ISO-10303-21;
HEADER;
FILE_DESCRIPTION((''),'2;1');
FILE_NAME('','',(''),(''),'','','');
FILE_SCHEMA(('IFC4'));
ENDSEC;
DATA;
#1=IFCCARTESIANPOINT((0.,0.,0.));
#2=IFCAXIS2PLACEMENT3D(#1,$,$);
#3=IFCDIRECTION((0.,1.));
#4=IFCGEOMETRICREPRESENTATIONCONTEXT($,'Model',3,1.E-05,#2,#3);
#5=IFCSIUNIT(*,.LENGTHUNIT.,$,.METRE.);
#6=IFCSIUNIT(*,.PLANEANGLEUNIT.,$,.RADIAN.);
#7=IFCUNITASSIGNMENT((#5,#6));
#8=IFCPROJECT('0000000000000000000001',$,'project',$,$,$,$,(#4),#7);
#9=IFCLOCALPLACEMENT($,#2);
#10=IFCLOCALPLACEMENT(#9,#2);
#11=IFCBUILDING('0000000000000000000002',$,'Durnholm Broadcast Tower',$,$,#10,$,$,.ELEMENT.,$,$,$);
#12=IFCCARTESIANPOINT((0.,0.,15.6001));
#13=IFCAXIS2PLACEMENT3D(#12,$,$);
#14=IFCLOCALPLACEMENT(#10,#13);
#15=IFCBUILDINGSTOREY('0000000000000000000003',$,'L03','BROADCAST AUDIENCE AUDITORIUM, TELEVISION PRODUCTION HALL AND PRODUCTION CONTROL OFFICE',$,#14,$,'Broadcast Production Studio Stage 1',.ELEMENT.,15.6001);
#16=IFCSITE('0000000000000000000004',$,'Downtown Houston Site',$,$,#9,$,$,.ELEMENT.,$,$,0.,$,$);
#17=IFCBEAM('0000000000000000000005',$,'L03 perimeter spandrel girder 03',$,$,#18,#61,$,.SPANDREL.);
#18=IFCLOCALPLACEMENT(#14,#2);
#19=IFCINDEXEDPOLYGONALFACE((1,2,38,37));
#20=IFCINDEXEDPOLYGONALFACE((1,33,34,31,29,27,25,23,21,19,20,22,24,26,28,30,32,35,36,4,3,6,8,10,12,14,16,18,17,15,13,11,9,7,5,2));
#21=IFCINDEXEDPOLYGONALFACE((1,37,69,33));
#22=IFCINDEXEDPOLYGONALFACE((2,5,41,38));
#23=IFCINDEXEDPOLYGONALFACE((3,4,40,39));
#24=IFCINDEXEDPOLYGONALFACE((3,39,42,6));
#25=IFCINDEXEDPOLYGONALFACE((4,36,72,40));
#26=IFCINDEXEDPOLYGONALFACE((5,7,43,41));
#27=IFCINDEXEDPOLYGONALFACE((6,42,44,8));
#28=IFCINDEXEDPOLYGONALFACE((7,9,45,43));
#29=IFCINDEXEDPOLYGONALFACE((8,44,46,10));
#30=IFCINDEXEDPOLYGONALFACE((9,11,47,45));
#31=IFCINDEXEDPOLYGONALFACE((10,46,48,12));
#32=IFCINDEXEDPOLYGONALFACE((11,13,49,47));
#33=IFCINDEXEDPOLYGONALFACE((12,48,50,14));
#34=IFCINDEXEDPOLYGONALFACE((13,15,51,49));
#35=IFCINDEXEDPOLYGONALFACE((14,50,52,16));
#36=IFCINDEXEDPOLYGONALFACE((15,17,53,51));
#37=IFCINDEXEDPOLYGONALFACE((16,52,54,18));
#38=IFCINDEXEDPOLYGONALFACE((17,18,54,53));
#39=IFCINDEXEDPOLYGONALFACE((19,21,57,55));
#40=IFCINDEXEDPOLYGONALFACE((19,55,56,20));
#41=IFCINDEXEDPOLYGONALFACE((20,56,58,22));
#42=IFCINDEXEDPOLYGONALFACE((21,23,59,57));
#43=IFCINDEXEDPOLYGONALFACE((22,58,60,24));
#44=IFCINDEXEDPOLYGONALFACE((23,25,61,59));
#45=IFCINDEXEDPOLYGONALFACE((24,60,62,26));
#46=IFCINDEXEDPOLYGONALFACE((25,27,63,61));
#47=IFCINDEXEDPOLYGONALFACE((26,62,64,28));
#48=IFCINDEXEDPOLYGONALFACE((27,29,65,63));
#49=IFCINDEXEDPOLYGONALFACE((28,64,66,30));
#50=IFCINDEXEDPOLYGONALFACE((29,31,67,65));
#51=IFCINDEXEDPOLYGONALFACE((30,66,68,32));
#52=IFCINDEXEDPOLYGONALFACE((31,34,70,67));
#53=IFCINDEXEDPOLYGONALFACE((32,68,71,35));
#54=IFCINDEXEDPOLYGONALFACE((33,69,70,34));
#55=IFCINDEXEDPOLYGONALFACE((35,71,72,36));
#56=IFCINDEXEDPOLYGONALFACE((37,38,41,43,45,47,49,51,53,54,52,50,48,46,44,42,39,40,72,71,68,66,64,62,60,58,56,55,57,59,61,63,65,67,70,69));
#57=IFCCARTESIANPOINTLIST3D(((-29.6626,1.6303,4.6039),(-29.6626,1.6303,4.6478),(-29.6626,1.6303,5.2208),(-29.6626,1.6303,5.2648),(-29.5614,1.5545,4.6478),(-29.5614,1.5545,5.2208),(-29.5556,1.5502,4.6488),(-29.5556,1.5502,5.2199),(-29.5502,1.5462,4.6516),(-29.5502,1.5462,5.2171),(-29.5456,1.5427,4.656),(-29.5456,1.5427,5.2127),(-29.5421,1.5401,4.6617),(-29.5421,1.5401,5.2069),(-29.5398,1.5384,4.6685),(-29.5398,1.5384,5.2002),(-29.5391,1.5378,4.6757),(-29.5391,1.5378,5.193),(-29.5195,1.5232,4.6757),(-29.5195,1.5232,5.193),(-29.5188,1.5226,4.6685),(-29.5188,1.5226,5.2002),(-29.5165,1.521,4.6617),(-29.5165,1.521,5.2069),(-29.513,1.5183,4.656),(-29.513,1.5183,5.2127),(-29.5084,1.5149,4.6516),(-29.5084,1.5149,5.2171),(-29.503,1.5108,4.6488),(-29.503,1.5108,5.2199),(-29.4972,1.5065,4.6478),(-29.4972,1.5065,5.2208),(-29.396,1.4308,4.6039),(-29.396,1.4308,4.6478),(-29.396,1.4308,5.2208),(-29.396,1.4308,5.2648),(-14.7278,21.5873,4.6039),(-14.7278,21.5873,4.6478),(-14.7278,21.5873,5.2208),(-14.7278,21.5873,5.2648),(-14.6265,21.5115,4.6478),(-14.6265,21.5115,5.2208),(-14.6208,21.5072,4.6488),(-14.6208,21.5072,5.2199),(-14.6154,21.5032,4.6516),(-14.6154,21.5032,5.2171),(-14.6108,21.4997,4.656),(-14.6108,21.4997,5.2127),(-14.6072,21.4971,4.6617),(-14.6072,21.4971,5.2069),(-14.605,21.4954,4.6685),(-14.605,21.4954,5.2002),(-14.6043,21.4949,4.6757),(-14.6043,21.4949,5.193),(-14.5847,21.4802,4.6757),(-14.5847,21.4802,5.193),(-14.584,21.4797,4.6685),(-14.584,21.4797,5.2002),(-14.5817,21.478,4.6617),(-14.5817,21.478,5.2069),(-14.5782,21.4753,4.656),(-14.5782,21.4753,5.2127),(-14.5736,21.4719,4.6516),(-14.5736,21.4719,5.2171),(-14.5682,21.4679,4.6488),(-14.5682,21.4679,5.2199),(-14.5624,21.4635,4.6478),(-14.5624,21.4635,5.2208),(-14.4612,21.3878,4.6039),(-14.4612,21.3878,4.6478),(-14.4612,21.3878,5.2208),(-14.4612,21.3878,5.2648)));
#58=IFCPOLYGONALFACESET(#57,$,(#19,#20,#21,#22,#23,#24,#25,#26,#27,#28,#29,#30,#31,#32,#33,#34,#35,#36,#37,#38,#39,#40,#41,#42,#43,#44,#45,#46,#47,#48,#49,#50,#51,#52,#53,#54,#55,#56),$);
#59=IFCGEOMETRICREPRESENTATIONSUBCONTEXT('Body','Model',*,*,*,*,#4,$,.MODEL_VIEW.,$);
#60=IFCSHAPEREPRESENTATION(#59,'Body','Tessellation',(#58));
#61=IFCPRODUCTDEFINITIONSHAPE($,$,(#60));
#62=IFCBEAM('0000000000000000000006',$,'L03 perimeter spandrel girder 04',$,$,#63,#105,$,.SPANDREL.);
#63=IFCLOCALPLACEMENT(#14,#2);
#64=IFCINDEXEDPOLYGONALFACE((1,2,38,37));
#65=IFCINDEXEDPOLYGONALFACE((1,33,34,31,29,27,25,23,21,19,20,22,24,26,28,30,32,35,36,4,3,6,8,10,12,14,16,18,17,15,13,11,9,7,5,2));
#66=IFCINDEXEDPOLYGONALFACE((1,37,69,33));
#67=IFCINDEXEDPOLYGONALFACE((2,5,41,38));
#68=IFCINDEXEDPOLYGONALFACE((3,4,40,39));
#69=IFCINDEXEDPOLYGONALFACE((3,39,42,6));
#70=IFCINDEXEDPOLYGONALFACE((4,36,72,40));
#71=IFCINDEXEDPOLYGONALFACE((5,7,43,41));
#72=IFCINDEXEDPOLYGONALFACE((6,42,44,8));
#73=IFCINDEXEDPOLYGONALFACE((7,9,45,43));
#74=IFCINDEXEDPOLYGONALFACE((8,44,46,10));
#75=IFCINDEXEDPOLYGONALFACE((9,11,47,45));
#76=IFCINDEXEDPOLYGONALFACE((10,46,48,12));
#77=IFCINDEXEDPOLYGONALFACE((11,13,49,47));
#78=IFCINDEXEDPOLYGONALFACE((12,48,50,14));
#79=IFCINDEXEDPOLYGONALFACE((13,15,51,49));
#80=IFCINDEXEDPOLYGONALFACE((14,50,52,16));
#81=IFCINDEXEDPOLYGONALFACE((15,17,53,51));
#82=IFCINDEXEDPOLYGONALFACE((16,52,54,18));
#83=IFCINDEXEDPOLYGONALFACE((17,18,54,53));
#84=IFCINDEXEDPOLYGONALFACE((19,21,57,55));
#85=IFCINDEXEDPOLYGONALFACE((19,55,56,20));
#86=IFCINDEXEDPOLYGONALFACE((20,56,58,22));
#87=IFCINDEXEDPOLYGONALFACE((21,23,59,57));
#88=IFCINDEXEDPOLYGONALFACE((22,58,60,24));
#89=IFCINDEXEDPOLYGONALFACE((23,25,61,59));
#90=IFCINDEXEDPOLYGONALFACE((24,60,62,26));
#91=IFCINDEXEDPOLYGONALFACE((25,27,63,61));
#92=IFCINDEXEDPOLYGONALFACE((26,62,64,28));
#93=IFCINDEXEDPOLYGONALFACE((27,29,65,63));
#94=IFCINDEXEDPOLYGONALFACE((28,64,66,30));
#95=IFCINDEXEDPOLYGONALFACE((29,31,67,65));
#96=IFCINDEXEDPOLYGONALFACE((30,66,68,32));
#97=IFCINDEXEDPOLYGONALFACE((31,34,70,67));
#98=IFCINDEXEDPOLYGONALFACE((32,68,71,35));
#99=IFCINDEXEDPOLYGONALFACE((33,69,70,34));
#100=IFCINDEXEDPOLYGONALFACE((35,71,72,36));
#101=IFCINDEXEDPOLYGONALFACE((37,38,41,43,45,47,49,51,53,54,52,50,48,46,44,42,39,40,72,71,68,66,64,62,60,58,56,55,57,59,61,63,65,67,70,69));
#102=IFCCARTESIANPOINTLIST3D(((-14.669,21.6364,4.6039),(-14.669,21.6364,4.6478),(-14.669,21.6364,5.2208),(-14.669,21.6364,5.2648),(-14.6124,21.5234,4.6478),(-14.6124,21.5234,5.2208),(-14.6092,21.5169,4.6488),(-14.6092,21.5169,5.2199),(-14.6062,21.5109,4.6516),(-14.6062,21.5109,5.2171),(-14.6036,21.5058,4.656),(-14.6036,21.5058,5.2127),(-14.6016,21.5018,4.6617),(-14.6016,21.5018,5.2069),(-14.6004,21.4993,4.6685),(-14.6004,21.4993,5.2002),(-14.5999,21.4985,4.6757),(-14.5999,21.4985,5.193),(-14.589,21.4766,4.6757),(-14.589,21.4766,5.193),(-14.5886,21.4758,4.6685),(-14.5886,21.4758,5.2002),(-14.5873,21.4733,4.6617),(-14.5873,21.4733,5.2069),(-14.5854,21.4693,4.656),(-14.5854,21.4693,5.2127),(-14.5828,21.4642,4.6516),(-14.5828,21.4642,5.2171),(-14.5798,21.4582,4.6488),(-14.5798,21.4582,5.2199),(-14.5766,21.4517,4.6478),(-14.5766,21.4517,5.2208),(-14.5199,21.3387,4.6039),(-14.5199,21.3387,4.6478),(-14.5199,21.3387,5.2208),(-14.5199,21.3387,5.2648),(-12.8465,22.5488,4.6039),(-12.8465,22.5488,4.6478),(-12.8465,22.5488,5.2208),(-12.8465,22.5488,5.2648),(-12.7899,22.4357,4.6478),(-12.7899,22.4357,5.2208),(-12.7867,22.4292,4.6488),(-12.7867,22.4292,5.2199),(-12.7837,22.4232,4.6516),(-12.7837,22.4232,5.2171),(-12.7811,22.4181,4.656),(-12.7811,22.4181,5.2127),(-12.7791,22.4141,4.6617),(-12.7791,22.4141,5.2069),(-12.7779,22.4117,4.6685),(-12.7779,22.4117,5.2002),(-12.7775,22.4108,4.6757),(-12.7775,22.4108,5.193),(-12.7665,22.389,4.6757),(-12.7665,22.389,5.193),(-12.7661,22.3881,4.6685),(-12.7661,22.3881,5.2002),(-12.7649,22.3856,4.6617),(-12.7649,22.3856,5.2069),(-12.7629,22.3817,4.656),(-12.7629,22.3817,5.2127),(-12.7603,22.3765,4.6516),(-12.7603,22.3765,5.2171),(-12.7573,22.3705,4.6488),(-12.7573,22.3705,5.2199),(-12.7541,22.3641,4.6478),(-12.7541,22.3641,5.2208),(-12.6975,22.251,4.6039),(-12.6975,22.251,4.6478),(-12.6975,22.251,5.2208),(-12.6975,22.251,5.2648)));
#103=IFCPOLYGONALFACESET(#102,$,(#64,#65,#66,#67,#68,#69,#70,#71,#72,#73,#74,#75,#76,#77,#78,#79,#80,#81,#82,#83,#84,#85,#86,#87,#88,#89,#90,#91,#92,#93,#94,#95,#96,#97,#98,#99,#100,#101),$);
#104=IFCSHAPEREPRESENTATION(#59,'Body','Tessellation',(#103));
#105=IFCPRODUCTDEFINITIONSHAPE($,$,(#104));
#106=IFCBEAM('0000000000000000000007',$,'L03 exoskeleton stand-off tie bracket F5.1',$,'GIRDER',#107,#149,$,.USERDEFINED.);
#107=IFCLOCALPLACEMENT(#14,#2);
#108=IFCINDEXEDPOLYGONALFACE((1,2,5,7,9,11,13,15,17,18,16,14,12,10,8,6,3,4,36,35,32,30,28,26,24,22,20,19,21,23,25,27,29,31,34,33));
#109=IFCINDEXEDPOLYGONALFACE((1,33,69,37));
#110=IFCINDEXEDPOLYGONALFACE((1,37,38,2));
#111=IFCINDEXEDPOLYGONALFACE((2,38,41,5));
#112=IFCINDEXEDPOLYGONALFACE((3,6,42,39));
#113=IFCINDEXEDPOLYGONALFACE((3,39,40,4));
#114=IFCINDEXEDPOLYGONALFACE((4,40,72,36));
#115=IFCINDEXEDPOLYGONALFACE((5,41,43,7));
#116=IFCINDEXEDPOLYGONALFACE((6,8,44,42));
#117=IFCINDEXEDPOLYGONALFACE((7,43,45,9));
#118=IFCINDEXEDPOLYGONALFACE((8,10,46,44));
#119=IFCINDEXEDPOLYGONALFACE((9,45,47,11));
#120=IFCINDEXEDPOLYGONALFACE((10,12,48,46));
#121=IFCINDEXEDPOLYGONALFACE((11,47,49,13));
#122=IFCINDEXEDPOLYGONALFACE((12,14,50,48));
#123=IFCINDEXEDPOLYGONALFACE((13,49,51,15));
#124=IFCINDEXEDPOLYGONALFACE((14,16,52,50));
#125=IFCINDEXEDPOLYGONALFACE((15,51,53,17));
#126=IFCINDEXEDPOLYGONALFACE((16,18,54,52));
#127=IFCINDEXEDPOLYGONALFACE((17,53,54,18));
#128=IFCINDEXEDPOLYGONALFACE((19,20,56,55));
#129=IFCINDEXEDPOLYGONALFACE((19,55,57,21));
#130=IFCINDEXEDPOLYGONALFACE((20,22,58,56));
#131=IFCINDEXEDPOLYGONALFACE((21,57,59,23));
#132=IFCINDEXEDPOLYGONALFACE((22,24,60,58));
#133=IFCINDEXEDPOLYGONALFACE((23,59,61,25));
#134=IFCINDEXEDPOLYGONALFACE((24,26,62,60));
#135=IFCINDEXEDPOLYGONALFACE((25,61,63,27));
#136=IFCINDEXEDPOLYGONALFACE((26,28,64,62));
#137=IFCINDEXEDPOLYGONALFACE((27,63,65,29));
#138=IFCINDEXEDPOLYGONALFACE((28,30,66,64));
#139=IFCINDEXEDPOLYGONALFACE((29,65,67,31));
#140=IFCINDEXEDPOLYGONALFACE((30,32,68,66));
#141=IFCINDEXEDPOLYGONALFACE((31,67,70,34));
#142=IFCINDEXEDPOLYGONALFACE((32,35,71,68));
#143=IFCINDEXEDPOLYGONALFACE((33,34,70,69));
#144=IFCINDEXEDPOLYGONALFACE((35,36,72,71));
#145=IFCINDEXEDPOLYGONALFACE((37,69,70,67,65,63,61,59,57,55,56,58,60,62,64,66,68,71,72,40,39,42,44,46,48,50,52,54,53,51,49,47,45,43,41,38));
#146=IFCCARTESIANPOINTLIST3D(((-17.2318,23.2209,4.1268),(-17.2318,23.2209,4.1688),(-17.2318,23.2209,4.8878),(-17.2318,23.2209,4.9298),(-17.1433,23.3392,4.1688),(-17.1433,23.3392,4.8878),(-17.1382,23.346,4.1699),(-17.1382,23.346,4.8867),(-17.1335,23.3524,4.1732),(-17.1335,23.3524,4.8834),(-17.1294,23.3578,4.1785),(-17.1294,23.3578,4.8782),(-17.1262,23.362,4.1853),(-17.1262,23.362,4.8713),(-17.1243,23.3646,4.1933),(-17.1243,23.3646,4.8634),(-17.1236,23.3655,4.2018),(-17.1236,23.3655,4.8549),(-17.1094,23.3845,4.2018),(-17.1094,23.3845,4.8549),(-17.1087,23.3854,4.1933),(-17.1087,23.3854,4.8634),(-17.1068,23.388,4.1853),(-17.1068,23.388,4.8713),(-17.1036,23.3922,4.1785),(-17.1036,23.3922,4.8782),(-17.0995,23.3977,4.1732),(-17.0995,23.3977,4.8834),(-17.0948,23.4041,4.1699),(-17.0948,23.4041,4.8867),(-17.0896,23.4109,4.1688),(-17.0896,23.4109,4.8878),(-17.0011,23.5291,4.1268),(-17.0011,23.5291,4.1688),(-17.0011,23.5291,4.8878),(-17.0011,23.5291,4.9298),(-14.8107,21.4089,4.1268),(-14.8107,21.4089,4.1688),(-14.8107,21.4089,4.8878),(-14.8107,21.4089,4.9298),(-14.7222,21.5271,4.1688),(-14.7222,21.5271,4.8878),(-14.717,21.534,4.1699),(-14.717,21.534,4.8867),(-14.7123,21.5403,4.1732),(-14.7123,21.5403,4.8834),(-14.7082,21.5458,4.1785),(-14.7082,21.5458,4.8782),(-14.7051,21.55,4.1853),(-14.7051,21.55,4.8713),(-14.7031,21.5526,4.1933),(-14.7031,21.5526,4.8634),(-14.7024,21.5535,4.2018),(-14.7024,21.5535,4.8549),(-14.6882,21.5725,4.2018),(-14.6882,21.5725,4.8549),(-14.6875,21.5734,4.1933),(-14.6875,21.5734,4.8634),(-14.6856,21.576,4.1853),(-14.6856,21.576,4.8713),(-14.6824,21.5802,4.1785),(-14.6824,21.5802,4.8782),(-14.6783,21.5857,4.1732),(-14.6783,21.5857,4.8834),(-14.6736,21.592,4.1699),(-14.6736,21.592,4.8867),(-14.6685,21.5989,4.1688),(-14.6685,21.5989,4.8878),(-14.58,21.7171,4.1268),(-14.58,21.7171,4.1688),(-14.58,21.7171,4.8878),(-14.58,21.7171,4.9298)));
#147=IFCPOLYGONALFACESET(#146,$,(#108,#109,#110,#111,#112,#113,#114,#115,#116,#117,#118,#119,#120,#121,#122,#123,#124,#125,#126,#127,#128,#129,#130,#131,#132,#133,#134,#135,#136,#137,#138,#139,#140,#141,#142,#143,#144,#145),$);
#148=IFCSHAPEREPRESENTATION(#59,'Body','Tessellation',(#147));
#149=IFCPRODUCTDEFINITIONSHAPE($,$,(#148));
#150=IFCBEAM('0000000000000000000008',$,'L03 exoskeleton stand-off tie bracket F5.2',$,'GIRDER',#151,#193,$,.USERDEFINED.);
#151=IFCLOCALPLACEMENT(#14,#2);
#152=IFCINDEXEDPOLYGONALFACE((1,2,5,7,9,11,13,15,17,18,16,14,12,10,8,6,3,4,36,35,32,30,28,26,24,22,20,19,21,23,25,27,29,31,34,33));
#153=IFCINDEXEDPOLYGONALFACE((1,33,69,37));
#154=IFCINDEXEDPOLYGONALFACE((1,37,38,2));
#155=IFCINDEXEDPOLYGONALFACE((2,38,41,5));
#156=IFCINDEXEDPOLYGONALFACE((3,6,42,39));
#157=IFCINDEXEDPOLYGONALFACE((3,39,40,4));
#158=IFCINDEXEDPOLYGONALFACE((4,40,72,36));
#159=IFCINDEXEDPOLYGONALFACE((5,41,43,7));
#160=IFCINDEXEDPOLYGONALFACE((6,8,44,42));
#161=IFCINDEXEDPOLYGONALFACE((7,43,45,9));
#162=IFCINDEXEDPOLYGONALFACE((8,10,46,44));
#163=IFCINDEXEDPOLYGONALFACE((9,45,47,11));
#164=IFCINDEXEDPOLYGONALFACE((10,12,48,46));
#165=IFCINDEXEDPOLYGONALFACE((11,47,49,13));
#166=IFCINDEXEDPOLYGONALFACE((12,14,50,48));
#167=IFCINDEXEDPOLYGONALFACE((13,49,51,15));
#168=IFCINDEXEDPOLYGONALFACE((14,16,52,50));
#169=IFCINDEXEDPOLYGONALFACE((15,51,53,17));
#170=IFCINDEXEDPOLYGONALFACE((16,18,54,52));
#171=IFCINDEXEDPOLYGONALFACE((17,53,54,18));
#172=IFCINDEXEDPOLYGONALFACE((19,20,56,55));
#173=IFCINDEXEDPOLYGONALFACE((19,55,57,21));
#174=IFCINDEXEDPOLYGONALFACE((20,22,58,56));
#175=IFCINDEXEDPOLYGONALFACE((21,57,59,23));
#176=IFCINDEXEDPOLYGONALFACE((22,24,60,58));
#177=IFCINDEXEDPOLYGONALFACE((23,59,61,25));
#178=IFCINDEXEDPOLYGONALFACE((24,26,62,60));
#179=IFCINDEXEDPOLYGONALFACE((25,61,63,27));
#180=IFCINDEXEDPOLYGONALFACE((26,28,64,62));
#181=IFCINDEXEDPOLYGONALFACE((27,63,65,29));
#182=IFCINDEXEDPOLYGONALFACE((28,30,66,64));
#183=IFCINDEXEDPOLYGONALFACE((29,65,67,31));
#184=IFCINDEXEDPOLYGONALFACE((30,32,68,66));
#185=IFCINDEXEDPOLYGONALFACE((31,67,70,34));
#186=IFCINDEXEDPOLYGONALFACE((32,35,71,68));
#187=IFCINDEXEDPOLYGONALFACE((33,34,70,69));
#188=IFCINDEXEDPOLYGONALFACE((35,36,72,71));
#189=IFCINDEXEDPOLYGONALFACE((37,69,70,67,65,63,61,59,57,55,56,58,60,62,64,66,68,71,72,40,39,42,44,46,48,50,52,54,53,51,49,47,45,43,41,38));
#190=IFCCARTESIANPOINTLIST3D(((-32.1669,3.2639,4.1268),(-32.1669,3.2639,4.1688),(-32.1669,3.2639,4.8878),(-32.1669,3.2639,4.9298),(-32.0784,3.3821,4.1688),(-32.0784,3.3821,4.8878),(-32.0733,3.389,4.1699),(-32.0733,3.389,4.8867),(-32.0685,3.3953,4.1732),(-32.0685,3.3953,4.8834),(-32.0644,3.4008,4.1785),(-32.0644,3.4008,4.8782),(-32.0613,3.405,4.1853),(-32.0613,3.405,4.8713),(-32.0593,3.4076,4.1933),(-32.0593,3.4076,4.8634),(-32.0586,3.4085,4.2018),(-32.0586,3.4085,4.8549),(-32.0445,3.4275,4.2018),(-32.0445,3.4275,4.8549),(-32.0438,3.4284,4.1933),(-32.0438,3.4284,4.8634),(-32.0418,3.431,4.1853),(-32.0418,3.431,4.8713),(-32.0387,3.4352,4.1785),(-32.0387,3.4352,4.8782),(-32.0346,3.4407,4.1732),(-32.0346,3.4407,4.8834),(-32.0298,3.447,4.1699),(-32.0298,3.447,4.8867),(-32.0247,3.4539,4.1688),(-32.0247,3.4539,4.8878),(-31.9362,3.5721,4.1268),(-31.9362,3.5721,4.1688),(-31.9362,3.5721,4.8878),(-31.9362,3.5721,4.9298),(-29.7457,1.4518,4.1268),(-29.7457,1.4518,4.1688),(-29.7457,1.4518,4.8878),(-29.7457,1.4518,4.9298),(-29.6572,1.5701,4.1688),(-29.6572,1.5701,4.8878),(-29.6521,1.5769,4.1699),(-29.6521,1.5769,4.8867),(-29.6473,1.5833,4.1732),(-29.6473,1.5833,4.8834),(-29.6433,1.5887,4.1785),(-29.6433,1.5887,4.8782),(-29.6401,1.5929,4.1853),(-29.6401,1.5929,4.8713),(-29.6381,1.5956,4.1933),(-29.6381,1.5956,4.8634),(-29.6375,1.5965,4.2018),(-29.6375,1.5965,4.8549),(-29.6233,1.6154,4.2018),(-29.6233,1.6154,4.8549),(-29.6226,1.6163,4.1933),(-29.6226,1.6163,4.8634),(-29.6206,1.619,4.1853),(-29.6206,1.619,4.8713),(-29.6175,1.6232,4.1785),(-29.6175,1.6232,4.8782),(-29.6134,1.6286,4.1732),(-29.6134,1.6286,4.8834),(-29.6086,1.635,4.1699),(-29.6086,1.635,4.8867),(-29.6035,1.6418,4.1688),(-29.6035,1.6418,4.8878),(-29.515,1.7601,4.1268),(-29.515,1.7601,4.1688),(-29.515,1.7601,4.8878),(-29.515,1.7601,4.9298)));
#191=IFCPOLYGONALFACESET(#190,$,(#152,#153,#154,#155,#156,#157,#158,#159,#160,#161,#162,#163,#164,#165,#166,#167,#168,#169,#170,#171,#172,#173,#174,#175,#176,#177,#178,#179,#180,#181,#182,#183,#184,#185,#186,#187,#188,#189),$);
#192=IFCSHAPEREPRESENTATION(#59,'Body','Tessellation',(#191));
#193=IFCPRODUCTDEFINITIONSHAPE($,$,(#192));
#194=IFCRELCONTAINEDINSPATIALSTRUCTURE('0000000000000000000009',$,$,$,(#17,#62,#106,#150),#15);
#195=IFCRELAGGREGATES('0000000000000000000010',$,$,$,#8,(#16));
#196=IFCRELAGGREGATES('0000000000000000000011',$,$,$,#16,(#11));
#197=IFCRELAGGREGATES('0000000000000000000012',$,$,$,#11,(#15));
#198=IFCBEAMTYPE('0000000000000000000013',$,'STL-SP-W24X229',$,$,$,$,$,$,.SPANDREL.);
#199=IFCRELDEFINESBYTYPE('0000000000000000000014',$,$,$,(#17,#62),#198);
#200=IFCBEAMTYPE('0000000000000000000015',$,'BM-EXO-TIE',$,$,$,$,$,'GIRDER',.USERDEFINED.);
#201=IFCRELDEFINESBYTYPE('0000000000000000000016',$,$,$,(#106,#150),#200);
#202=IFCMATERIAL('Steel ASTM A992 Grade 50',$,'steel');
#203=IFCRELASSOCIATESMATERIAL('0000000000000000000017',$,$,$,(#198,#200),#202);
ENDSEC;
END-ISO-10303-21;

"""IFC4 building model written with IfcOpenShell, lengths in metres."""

from ifc_helpers import new_model, si_unit, direction, frame, origin, origin_2d, place, context, subcontext, project, spatial, i_section, extrude, source, transform, mapped, material, material_profile, profile_set, type_object, element, save


model = new_model("IFC4")

# Units and contexts
model_context = context("Model", 3, precision=1e-05, world=origin(), true_north=direction((0.0, 1.0)))
body_context = subcontext(model_context, "Body", "Model", "MODEL_VIEW")
ifc_project = project(units=[si_unit("LENGTHUNIT", "METRE"), si_unit("PLANEANGLEUNIT", "RADIAN")], contexts=[model_context])

# Site, building, storey
site_placement = place(None, origin())
site = spatial("IfcSite", under=ifc_project, at=site_placement, Name="Downtown Houston Site", CompositionType="ELEMENT", RefElevation=0.0)
building_placement = place(site_placement, origin())
building = spatial("IfcBuilding", under=site, at=building_placement, Name="Durnholm Broadcast Tower", CompositionType="ELEMENT")
storey_placement = place(building_placement, frame((0.0, 0.0, 15.6001)))
storey = spatial("IfcBuildingStorey", under=building, at=storey_placement, Name="L03", Description="BROADCAST AUDIENCE AUDITORIUM, TELEVISION PRODUCTION HALL AND PRODUCTION CONTROL OFFICE", LongName="Broadcast Production Studio Stage 1", CompositionType="ELEMENT", Elevation=15.6001)

# Beams
ifc_material_1 = material(Name="Steel ASTM A992 Grade 50", Category="steel")
ifc_material_profile_1 = material_profile(ifc_material_1, i_section(OverallWidth=0.333, OverallDepth=0.6609, WebThickness=0.0244, FlangeThickness=0.0439, FilletRadius=0.0278, at=origin_2d()), Name="W24X229")
ifc_profile_set_1 = profile_set([ifc_material_profile_1], Name="Steel ASTM A992 Grade 50")
beam_type_1 = type_object("IfcBeamType", Name="STL-SP-W24X229", PredefinedType="SPANDREL", material=ifc_profile_set_1)
shared_shape_1 = source(origin(), body_context, "Body", "SweptSolid", [
    extrude(i_section(OverallWidth=0.333, OverallDepth=0.6609, WebThickness=0.0244, FlangeThickness=0.0439, FilletRadius=0.0278, at=origin_2d()), origin(), (0.0, 0.0, 1.0), 24.9265),
])
beam_1_placement = place(storey_placement, frame((-29.5293, 1.5305, 4.9343), z_axis=(0.599153, 0.800634, 0.0), x_axis=(-0.800634, 0.599153, 0.0)))
element("IfcBeam", 1, at=beam_1_placement, inside=storey, type_object=beam_type_1, Name="L03 perimeter spandrel girder 03", PredefinedType="SPANDREL", context=body_context, shape_type="MappedRepresentation", body=[
    mapped(shared_shape_1, transform((0.0, 0.0, 0.0), x_axis=(1.0, 0.0, 0.0), y_axis=(0.0, 1.0, 0.0), z_axis=(0.0, 0.0, 1.0), scale=1.0)),
])
shared_shape_2 = source(origin(), body_context, "Body", "SweptSolid", [
    extrude(i_section(OverallWidth=0.333, OverallDepth=0.6609, WebThickness=0.0244, FlangeThickness=0.0439, FilletRadius=0.0278, at=origin_2d()), origin(), (0.0, 0.0, 1.0), 2.0381),
])
beam_2_placement = place(storey_placement, frame((-14.5945, 21.4875, 4.9343), z_axis=(0.894211, 0.447645, 0.0), x_axis=(-0.447645, 0.894211, 0.0)))
element("IfcBeam", 2, at=beam_2_placement, inside=storey, type_object=beam_type_1, Name="L03 perimeter spandrel girder 04", PredefinedType="SPANDREL", context=body_context, shape_type="MappedRepresentation", body=[
    mapped(shared_shape_2, transform((0.0, 0.0, 0.0), x_axis=(1.0, 0.0, 0.0), y_axis=(0.0, 1.0, 0.0), z_axis=(0.0, 0.0, 1.0), scale=1.0)),
])
ifc_material_profile_2 = material_profile(ifc_material_1, i_section(OverallWidth=0.385, OverallDepth=0.803, WebThickness=0.0237, FlangeThickness=0.042, FilletRadius=0.033, at=origin_2d()), Name="W30X261")
ifc_profile_set_2 = profile_set([ifc_material_profile_2], Name="Steel ASTM A992 Grade 50")
beam_type_2 = type_object("IfcBeamType", Name="BM-EXO-TIE", ElementType="GIRDER", PredefinedType="USERDEFINED", material=ifc_profile_set_2)
shared_shape_3 = source(origin(), body_context, "Body", "SweptSolid", [
    extrude(i_section(OverallWidth=0.385, OverallDepth=0.803, WebThickness=0.0237, FlangeThickness=0.042, FilletRadius=0.033, at=origin_2d()), origin(), (0.0, 0.0, 1.0), 3.0242),
])
for number, where, z_axis, x_axis, name in (
    (3, (-14.6953, 21.563, 4.5283), (-0.80061, 0.599186, 0.0), (-0.599186, -0.80061, 0.0), "L03 exoskeleton stand-off tie bracket F5.1"),
    (4, (-29.6304, 1.606, 4.5283), (-0.80061, 0.599186, 0.0), (-0.599186, -0.80061, 0.0), "L03 exoskeleton stand-off tie bracket F5.2"),
):
    element("IfcBeam", number, at=place(storey_placement, frame(where, z_axis=z_axis, x_axis=x_axis)), inside=storey, type_object=beam_type_2, Name=name, ObjectType="GIRDER", PredefinedType="USERDEFINED", context=body_context, shape_type="MappedRepresentation", body=[
        mapped(shared_shape_3, transform((0.0, 0.0, 0.0), x_axis=(1.0, 0.0, 0.0), y_axis=(0.0, 1.0, 0.0), z_axis=(0.0, 0.0, 1.0), scale=1.0)),
    ])

save(model, "model.ifc")
